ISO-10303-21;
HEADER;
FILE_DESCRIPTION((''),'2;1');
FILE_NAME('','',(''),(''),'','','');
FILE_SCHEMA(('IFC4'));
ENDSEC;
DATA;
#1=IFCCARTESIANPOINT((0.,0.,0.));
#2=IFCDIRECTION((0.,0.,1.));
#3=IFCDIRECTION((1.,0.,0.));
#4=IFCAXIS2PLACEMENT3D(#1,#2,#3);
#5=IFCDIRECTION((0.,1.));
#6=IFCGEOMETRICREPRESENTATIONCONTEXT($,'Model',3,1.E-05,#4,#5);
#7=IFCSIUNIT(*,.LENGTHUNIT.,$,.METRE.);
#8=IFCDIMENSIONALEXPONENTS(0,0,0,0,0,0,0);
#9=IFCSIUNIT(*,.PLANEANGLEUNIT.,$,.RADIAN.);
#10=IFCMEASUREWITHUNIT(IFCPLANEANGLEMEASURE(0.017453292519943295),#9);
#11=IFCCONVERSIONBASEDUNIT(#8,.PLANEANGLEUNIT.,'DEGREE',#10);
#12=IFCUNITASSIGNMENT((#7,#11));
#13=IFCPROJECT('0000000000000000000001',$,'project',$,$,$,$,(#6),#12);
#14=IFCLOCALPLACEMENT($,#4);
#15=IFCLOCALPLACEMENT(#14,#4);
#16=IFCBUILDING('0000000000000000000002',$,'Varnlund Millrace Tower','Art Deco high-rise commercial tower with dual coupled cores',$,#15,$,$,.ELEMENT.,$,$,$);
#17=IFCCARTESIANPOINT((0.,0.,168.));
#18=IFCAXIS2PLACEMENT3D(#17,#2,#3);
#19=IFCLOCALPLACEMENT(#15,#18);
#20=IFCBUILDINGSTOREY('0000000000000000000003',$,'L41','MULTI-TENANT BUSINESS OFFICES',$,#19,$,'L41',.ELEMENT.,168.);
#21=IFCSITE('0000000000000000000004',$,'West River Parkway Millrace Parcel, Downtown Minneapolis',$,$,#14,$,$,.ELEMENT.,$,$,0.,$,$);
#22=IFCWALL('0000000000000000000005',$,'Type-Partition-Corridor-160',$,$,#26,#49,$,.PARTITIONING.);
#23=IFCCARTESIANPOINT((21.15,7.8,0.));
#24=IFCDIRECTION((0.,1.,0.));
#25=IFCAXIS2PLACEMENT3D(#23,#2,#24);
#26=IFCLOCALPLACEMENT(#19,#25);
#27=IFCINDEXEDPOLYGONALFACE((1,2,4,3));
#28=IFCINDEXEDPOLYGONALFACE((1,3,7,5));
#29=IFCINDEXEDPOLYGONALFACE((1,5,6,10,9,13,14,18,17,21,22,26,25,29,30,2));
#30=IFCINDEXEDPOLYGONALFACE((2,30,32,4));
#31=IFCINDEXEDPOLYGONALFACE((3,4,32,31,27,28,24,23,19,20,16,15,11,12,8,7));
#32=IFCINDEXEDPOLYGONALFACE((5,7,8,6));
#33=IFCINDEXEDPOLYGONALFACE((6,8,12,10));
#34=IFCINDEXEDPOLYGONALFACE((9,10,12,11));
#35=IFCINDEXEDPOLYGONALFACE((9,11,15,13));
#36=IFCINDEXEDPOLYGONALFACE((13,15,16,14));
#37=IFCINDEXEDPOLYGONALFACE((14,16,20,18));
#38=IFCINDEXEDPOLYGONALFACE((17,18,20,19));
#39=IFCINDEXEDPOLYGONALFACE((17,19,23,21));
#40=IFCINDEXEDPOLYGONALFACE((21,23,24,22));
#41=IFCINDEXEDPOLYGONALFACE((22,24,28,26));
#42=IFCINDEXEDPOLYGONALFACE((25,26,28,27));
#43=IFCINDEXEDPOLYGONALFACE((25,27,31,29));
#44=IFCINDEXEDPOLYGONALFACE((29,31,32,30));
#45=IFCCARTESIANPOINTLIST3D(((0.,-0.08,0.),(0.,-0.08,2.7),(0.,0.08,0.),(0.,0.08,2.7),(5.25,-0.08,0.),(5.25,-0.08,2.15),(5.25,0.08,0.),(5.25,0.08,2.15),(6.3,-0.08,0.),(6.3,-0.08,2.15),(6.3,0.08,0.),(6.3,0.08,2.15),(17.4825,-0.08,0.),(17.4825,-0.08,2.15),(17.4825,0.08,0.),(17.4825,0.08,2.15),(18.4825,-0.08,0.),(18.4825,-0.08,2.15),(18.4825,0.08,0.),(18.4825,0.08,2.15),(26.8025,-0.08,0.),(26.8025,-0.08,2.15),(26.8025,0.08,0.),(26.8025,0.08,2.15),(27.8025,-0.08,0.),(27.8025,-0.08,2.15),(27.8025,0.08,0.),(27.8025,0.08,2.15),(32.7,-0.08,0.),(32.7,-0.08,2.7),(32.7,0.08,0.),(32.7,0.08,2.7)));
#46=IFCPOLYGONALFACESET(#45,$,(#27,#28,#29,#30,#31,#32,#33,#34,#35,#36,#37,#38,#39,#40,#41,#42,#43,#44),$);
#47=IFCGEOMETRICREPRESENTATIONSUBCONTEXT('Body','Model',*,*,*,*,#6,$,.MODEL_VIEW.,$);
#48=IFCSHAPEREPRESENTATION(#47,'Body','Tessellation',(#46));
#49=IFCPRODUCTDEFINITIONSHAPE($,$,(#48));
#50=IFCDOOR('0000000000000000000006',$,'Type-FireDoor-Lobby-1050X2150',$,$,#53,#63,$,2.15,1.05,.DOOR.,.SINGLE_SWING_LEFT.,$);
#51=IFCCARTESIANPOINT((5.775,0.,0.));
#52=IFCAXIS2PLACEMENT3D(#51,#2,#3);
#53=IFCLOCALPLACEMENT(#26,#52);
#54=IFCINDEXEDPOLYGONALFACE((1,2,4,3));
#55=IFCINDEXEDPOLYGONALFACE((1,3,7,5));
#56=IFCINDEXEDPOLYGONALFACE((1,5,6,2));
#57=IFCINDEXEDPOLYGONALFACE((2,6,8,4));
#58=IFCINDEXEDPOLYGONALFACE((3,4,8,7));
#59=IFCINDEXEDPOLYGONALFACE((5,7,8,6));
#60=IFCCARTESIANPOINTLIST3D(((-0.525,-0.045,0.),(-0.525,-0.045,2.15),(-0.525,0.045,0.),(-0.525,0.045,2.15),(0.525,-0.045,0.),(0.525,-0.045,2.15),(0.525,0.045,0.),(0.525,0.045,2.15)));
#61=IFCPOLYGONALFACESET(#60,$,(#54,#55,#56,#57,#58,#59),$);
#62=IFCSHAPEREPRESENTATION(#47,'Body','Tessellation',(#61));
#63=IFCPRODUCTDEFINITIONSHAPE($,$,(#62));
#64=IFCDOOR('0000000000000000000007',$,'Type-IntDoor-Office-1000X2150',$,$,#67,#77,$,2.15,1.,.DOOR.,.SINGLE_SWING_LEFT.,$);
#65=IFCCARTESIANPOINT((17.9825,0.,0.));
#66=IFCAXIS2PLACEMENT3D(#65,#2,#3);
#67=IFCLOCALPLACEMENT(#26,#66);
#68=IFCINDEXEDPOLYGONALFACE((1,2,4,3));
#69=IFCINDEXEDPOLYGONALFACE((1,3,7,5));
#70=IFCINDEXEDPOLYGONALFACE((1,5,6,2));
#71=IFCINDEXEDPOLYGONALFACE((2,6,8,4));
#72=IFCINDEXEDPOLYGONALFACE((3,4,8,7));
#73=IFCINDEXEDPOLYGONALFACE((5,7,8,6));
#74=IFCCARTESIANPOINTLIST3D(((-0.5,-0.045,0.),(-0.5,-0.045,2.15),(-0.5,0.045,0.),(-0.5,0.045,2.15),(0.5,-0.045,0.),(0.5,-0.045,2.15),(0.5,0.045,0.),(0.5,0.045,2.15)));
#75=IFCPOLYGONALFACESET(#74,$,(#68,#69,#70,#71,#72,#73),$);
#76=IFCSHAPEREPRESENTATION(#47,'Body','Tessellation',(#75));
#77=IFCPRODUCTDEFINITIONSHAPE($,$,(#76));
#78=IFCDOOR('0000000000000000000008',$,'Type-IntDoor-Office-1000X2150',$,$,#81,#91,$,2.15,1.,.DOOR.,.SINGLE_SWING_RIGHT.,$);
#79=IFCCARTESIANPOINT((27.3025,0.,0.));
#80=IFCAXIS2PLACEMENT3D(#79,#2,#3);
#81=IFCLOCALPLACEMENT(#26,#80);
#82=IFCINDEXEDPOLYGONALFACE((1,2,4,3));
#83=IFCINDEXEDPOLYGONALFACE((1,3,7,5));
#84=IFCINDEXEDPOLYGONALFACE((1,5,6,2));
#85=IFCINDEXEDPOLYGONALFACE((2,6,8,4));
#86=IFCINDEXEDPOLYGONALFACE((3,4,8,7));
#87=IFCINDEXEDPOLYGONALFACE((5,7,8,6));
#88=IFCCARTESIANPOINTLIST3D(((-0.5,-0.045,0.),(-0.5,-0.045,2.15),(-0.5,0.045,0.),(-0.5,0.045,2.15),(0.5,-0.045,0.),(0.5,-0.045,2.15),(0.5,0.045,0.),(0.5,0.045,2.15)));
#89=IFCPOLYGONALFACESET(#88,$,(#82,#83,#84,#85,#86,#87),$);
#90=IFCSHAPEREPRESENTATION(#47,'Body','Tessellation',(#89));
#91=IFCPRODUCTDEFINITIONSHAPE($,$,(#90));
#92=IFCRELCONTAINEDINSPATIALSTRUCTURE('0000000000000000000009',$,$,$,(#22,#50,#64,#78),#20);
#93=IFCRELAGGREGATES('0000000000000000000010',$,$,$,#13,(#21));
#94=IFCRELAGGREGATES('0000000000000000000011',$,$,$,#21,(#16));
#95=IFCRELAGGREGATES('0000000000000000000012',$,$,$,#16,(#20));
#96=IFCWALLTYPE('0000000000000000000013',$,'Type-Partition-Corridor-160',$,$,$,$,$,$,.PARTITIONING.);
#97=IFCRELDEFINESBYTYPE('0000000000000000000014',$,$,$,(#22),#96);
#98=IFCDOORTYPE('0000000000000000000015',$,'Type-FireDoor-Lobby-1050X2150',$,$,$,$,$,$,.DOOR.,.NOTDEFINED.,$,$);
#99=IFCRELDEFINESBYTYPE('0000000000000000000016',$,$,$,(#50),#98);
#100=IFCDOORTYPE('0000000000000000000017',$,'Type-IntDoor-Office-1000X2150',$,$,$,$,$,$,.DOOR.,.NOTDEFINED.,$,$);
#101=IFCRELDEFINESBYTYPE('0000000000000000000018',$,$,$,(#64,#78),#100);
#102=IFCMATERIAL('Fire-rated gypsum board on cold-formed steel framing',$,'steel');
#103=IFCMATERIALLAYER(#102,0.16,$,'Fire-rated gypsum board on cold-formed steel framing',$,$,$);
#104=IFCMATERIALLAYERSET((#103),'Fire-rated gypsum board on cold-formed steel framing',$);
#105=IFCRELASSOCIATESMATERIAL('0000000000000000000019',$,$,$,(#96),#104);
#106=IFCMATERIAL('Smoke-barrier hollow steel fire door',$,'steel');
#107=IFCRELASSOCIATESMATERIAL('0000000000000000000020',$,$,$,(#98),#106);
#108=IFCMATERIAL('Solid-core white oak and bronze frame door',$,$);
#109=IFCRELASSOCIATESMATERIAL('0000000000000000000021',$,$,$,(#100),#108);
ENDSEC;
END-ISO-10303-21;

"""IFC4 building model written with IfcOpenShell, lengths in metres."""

from ifc_helpers import new_model, entity, si_unit, converted_unit, direction, frame, origin_with_axes, origin_2d_with_axis, place, context, subcontext, project, spatial, polyline, rectangle, outline, extrude, material, layer, layer_set, type_object, element, fill, save


model = new_model("IFC4")

# Units and contexts
model_context = context("Model", 3, precision=1e-05, world=origin_with_axes(), true_north=direction((0.0, 1.0)))
body_context = subcontext(model_context, "Body", "Model", "MODEL_VIEW")
ifc_project = project(units=[si_unit("LENGTHUNIT", "METRE"), converted_unit("PLANEANGLEUNIT", "DEGREE", entity("IfcPlaneAngleMeasure", 0.017453292519943295), si_unit("PLANEANGLEUNIT", "RADIAN"), dimensions=[0, 0, 0, 0, 0, 0, 0])], contexts=[model_context])

# Site, building, storey
site_placement = place(None, origin_with_axes())
site = spatial("IfcSite", under=ifc_project, at=site_placement, Name="West River Parkway Millrace Parcel, Downtown Minneapolis", CompositionType="ELEMENT", RefElevation=0.0)
building_placement = place(site_placement, origin_with_axes())
building = spatial("IfcBuilding", under=site, at=building_placement, Name="Varnlund Millrace Tower", Description="Art Deco high-rise commercial tower with dual coupled cores", CompositionType="ELEMENT")
storey_placement = place(building_placement, frame((0.0, 0.0, 168.0), z_axis=(0.0, 0.0, 1.0), x_axis=(1.0, 0.0, 0.0)))
storey = spatial("IfcBuildingStorey", under=building, at=storey_placement, Name="L41", Description="MULTI-TENANT BUSINESS OFFICES", LongName="L41", CompositionType="ELEMENT", Elevation=168.0)

# Wall, openings, doors
ifc_material_1 = material(Name="Fire-rated gypsum board on cold-formed steel framing", Category="steel")
ifc_layer_1 = layer(ifc_material_1, 0.16, Name="Fire-rated gypsum board on cold-formed steel framing")
ifc_layer_set_1 = layer_set([ifc_layer_1], Name="Fire-rated gypsum board on cold-formed steel framing")
wall_type_1 = type_object("IfcWallType", Name="Type-Partition-Corridor-160", PredefinedType="PARTITIONING", material=ifc_layer_set_1)
wall_1_placement = place(storey_placement, frame((21.15, 7.8, 0.0), z_axis=(0.0, 0.0, 1.0), x_axis=(0.0, 1.0, 0.0)))
wall_1 = element("IfcWall", 1, at=wall_1_placement, inside=storey, type_object=wall_type_1, Name="Type-Partition-Corridor-160", PredefinedType="PARTITIONING", context=body_context, shape_type="SweptSolid", body=[
    extrude(outline(polyline([(0.0, -0.08), (32.7, -0.08), (32.7, 0.08), (0.0, 0.08), (0.0, -0.08)])), origin_with_axes(), (0.0, 0.0, 1.0), 2.7),
])
opening_1_placement = place(wall_1_placement, frame((17.9825, 0.0, 0.0), z_axis=(0.0, 0.0, 1.0), x_axis=(1.0, 0.0, 0.0)))
opening_1 = element("IfcOpeningElement", 2, at=opening_1_placement, cuts=wall_1, PredefinedType="OPENING", context=body_context, shape_type="SweptSolid", body=[
    extrude(rectangle(XDim=1.0, YDim=0.18, at=origin_2d_with_axis()), origin_with_axes(), (0.0, 0.0, 1.0), 2.15),
])
opening_2_placement = place(wall_1_placement, frame((27.3025, 0.0, 0.0), z_axis=(0.0, 0.0, 1.0), x_axis=(1.0, 0.0, 0.0)))
opening_2 = element("IfcOpeningElement", 3, at=opening_2_placement, cuts=wall_1, PredefinedType="OPENING", context=body_context, shape_type="SweptSolid", body=[
    extrude(rectangle(XDim=1.0, YDim=0.18, at=origin_2d_with_axis()), origin_with_axes(), (0.0, 0.0, 1.0), 2.15),
])
opening_3_placement = place(wall_1_placement, frame((5.775, 0.0, 0.0), z_axis=(0.0, 0.0, 1.0), x_axis=(1.0, 0.0, 0.0)))
opening_3 = element("IfcOpeningElement", 4, at=opening_3_placement, cuts=wall_1, PredefinedType="OPENING", context=body_context, shape_type="SweptSolid", body=[
    extrude(rectangle(XDim=1.05, YDim=0.18, at=origin_2d_with_axis()), origin_with_axes(), (0.0, 0.0, 1.0), 2.15),
])
ifc_material_2 = material(Name="Smoke-barrier hollow steel fire door", Category="steel")
door_type_1 = type_object("IfcDoorType", Name="Type-FireDoor-Lobby-1050X2150", OperationType="NOTDEFINED", PredefinedType="DOOR", material=ifc_material_2)
door_1_placement = place(wall_1_placement, frame((5.775, 0.0, 0.0), z_axis=(0.0, 0.0, 1.0), x_axis=(1.0, 0.0, 0.0)))
door_1 = element("IfcDoor", 5, at=door_1_placement, inside=storey, type_object=door_type_1, Name="Type-FireDoor-Lobby-1050X2150", OperationType="SINGLE_SWING_LEFT", OverallHeight=2.15, OverallWidth=1.05, PredefinedType="DOOR", context=body_context, shape_type="SweptSolid", body=[
    extrude(rectangle(XDim=1.05, YDim=0.09, at=origin_2d_with_axis()), origin_with_axes(), (0.0, 0.0, 1.0), 2.15),
])
fill(opening_3, door_1)
ifc_material_3 = material(Name="Solid-core white oak and bronze frame door")
door_type_2 = type_object("IfcDoorType", Name="Type-IntDoor-Office-1000X2150", OperationType="NOTDEFINED", PredefinedType="DOOR", material=ifc_material_3)
door_2_placement = place(wall_1_placement, frame((17.9825, 0.0, 0.0), z_axis=(0.0, 0.0, 1.0), x_axis=(1.0, 0.0, 0.0)))
door_2 = element("IfcDoor", 6, at=door_2_placement, inside=storey, type_object=door_type_2, Name="Type-IntDoor-Office-1000X2150", OperationType="SINGLE_SWING_LEFT", OverallHeight=2.15, OverallWidth=1.0, PredefinedType="DOOR", context=body_context, shape_type="SweptSolid", body=[
    extrude(rectangle(XDim=1.0, YDim=0.09, at=origin_2d_with_axis()), origin_with_axes(), (0.0, 0.0, 1.0), 2.15),
])
fill(opening_1, door_2)
door_3_placement = place(wall_1_placement, frame((27.3025, 0.0, 0.0), z_axis=(0.0, 0.0, 1.0), x_axis=(1.0, 0.0, 0.0)))
door_3 = element("IfcDoor", 7, at=door_3_placement, inside=storey, type_object=door_type_2, Name="Type-IntDoor-Office-1000X2150", OperationType="SINGLE_SWING_RIGHT", OverallHeight=2.15, OverallWidth=1.0, PredefinedType="DOOR", context=body_context, shape_type="SweptSolid", body=[
    extrude(rectangle(XDim=1.0, YDim=0.09, at=origin_2d_with_axis()), origin_with_axes(), (0.0, 0.0, 1.0), 2.15),
])
fill(opening_2, door_3)

save(model, "model.ifc")
